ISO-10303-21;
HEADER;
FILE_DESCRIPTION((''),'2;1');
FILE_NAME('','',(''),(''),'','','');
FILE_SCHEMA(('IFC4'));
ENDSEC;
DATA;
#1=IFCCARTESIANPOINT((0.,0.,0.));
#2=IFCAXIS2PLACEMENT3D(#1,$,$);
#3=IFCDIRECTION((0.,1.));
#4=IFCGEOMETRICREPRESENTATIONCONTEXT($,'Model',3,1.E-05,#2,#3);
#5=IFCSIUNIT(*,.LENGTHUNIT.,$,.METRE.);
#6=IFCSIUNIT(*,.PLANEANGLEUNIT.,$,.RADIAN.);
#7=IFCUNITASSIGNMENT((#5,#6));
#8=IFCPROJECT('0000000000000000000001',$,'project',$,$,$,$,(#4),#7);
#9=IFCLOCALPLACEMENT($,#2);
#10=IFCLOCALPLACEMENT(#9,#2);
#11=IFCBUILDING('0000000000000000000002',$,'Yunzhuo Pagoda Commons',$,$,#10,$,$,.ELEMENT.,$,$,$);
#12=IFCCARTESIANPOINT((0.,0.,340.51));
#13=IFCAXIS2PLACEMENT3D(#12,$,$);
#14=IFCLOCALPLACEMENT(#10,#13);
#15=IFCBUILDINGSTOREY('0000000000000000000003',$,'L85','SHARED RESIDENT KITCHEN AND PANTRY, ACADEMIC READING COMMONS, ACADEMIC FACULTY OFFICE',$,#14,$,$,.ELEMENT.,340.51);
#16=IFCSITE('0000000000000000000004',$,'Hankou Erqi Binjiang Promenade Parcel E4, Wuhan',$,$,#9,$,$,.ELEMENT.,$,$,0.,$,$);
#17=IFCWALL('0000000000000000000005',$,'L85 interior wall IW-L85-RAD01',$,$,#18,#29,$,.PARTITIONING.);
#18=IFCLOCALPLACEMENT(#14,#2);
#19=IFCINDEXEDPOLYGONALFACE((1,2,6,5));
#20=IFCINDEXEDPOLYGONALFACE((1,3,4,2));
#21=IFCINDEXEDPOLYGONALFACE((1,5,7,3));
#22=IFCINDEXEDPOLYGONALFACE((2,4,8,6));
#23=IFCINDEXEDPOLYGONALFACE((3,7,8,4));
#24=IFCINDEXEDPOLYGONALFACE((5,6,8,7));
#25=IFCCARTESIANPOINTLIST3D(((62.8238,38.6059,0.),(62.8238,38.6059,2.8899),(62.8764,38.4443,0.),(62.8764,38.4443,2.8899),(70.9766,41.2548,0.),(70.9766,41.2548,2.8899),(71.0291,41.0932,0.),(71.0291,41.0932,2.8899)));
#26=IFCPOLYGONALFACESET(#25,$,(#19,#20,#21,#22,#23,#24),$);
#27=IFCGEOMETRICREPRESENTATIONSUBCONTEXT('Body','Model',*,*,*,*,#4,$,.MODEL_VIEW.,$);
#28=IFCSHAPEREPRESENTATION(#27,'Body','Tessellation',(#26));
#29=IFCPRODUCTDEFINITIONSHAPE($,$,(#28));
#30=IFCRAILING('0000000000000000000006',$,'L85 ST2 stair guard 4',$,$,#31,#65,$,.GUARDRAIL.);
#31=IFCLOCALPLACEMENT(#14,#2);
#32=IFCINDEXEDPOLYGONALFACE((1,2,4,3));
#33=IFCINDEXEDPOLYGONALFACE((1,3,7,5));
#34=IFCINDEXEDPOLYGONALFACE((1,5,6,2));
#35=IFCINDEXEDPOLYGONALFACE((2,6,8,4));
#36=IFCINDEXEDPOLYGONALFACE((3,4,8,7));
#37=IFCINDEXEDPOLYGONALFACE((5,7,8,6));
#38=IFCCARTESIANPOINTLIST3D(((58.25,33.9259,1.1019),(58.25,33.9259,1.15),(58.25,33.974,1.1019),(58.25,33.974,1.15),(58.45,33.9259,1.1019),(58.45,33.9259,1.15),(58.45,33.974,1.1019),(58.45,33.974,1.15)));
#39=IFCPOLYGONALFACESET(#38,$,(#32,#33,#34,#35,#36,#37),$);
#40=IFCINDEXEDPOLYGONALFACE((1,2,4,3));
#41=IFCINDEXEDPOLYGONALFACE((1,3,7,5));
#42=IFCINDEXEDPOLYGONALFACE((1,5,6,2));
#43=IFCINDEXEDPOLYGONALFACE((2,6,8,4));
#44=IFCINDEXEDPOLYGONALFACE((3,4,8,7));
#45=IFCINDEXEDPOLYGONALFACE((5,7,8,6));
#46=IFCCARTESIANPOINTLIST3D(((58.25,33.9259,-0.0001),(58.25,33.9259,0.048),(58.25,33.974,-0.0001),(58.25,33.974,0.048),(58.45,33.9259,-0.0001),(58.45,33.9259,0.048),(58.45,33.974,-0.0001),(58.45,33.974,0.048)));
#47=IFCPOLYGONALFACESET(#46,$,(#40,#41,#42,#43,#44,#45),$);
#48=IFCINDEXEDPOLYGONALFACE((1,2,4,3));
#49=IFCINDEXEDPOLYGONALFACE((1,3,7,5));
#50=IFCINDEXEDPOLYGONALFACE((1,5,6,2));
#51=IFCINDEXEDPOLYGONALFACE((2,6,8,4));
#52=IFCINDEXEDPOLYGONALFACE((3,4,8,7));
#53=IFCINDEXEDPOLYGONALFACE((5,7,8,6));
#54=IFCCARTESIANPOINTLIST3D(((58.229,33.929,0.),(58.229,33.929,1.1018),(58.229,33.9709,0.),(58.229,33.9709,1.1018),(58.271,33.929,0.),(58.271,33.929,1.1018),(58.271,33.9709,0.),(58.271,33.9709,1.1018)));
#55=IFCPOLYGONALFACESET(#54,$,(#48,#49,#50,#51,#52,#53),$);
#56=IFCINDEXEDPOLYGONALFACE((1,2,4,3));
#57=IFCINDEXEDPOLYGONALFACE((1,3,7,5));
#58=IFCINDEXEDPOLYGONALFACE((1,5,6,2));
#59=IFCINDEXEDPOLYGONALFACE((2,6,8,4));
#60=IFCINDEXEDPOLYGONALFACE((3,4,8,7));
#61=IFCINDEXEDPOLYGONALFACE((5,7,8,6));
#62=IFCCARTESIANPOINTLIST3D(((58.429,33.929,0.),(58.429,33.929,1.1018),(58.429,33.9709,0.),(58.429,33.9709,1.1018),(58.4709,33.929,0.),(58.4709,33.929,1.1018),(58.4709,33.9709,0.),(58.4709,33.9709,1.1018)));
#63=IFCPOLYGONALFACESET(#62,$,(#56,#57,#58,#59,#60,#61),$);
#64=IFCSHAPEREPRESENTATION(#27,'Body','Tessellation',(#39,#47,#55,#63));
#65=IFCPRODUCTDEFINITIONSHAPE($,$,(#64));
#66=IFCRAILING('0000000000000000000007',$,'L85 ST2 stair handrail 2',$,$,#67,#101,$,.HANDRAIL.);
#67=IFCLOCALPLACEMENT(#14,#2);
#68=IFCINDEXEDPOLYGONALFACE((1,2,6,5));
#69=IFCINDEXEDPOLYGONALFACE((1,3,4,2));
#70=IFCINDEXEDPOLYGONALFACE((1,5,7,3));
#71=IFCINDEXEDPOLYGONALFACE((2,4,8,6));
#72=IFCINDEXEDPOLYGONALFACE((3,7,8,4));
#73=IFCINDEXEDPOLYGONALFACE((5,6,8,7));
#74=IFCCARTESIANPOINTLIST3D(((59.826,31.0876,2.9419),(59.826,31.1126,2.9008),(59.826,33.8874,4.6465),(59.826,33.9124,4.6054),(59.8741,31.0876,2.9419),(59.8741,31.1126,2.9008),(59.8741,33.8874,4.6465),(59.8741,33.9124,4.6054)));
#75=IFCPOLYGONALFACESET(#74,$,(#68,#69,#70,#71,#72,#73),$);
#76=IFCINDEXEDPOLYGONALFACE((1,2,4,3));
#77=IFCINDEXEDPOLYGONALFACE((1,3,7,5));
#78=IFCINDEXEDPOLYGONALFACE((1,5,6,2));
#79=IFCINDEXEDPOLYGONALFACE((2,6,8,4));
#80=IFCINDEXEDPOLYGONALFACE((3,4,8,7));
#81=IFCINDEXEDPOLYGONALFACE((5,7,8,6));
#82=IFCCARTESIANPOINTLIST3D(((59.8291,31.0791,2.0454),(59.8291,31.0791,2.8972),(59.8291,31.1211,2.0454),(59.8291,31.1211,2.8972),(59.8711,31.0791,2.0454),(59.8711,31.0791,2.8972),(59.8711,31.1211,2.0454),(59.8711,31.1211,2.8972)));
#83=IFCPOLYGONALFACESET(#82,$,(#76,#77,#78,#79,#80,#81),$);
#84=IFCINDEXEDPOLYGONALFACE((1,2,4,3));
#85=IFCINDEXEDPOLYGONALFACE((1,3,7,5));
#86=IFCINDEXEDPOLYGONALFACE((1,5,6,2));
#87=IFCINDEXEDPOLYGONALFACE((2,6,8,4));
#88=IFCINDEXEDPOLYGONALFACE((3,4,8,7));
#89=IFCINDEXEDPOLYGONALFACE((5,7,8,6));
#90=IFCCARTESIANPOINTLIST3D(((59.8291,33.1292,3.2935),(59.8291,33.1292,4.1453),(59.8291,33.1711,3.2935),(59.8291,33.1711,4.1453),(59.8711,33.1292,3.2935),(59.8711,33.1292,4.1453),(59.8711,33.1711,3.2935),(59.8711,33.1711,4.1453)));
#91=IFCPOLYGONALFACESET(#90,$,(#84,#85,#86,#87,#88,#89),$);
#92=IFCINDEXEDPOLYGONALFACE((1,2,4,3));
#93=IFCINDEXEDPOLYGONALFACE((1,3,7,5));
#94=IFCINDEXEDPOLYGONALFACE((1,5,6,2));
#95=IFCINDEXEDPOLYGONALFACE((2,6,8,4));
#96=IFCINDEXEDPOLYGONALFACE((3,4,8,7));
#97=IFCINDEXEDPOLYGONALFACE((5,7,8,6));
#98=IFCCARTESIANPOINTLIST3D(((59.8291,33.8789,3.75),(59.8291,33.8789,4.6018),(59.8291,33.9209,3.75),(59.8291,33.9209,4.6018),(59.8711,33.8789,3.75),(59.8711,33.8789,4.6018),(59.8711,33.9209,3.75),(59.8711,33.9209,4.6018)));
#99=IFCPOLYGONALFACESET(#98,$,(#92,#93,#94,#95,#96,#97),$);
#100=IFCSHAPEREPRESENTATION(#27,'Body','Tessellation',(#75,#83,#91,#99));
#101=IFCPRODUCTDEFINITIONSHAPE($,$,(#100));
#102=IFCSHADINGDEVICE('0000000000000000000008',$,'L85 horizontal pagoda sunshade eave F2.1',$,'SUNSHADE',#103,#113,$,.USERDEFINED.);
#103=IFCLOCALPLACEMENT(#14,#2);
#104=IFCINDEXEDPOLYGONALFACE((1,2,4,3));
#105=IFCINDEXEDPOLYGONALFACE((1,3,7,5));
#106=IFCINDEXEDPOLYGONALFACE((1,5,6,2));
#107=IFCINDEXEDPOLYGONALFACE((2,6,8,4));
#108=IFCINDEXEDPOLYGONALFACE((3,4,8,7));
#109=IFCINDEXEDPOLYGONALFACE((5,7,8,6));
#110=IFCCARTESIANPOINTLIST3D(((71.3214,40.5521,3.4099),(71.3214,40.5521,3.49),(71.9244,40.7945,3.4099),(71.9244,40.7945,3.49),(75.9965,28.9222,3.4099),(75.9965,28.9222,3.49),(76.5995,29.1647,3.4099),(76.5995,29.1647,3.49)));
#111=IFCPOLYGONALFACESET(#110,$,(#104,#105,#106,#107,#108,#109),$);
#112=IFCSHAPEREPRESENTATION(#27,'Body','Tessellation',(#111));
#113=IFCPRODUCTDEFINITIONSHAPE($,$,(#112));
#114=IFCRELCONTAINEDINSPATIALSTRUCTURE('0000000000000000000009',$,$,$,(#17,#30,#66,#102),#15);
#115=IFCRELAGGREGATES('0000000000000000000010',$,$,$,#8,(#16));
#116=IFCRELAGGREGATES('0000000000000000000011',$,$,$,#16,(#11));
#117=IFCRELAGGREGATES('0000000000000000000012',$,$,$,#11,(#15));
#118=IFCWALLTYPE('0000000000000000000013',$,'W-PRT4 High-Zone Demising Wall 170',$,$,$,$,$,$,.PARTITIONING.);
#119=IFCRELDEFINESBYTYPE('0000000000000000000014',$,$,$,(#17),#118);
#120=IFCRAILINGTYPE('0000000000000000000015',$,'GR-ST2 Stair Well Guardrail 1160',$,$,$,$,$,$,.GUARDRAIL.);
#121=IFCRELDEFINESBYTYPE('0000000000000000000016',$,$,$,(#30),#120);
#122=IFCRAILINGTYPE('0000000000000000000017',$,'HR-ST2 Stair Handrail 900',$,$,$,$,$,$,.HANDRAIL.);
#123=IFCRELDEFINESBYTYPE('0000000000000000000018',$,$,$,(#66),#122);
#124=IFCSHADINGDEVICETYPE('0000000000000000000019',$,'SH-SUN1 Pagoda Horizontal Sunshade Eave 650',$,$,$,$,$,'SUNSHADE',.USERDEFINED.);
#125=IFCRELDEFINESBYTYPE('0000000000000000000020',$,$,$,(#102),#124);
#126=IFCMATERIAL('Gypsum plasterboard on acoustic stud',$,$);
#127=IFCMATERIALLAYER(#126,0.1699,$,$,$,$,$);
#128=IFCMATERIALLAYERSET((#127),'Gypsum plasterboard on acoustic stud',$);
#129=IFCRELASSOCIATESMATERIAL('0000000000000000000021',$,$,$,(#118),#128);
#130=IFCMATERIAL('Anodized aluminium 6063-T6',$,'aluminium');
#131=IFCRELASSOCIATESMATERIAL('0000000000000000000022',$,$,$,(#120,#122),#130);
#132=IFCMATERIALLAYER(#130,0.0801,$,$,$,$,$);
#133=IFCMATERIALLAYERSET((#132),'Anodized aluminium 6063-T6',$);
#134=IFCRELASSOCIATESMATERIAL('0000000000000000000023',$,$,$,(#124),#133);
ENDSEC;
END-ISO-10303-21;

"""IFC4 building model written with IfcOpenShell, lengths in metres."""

from ifc_helpers import new_model, si_unit, direction, frame, frame_2d, origin, origin_2d, place, context, subcontext, project, spatial, rectangle, extrude, source, transform, mapped, material, layer, layer_set, type_object, element, save


model = new_model("IFC4")

# Units and contexts
model_context = context("Model", 3, precision=1e-05, world=origin(), true_north=direction((0.0, 1.0)))
body_context = subcontext(model_context, "Body", "Model", "MODEL_VIEW")
ifc_project = project(units=[si_unit("LENGTHUNIT", "METRE"), si_unit("PLANEANGLEUNIT", "RADIAN")], contexts=[model_context])

# Site, building, storey
site_placement = place(None, origin())
site = spatial("IfcSite", under=ifc_project, at=site_placement, Name="Hankou Erqi Binjiang Promenade Parcel E4, Wuhan", CompositionType="ELEMENT", RefElevation=0.0)
building_placement = place(site_placement, origin())
building = spatial("IfcBuilding", under=site, at=building_placement, Name="Yunzhuo Pagoda Commons", CompositionType="ELEMENT")
storey_placement = place(building_placement, frame((0.0, 0.0, 340.51)))
storey = spatial("IfcBuildingStorey", under=building, at=storey_placement, Name="L85", Description="SHARED RESIDENT KITCHEN AND PANTRY, ACADEMIC READING COMMONS, ACADEMIC FACULTY OFFICE", CompositionType="ELEMENT", Elevation=340.51)

# Shared definitions
ifc_material_1 = material(Name="Anodized aluminium 6063-T6", Category="aluminium")

# Shared definitions
ifc_material_2 = material(Name="Gypsum plasterboard on acoustic stud")

# Wall
ifc_layer_1 = layer(ifc_material_2, 0.1699)
ifc_layer_set_1 = layer_set([ifc_layer_1], Name="Gypsum plasterboard on acoustic stud")
wall_type_1 = type_object("IfcWallType", Name="W-PRT4 High-Zone Demising Wall 170", PredefinedType="PARTITIONING", material=ifc_layer_set_1)
wall_1_placement = place(storey_placement, frame((62.8501, 38.5251, 0.0), z_axis=(0.0, 0.0, 1.0), x_axis=(0.95106, 0.309008, 0.0)))
element("IfcWall", 1, at=wall_1_placement, inside=storey, type_object=wall_type_1, Name="L85 interior wall IW-L85-RAD01", PredefinedType="PARTITIONING", context=body_context, shape_type="SweptSolid", body=[
    extrude(rectangle(XDim=8.5723, YDim=0.1699, at=frame_2d((4.2861, 0.0))), origin(), (0.0, 0.0, 1.0), 2.8899),
])

# Railings
railing_type_1 = type_object("IfcRailingType", Name="GR-ST2 Stair Well Guardrail 1160", PredefinedType="GUARDRAIL", material=ifc_material_1)
railing_1_placement = place(storey_placement, frame((58.25, 33.95, 0.0)))
element("IfcRailing", 2, at=railing_1_placement, inside=storey, type_object=railing_type_1, Name="L85 ST2 stair guard 4", PredefinedType="GUARDRAIL", context=body_context, shape_type="SweptSolid", body=[
    extrude(rectangle(XDim=0.0481, YDim=0.0481, at=origin_2d()), frame((0.0, 0.0, 1.126), z_axis=(1.0, 0.0, 0.0), x_axis=(0.0, 1.0, 0.0)), (0.0, 0.0, 1.0), 0.2),
    extrude(rectangle(XDim=0.0481, YDim=0.0481, at=origin_2d()), frame((0.0, 0.0, 0.0239), z_axis=(1.0, 0.0, 0.0), x_axis=(0.0, 1.0, 0.0)), (0.0, 0.0, 1.0), 0.2),
    extrude(rectangle(XDim=0.042, YDim=0.042, at=origin_2d()), origin(), (0.0, 0.0, 1.0), 1.1018),
    extrude(rectangle(XDim=0.042, YDim=0.042, at=origin_2d()), frame((0.2, 0.0, 0.0)), (0.0, 0.0, 1.0), 1.1018),
])
railing_type_2 = type_object("IfcRailingType", Name="HR-ST2 Stair Handrail 900", PredefinedType="HANDRAIL", material=ifc_material_1)
railing_2_placement = place(storey_placement, frame((59.8501, 31.1001, 2.0454)))
element("IfcRailing", 3, at=railing_2_placement, inside=storey, type_object=railing_type_2, Name="L85 ST2 stair handrail 2", PredefinedType="HANDRAIL", context=body_context, shape_type="SweptSolid", body=[
    extrude(rectangle(XDim=0.0481, YDim=0.0481, at=origin_2d()), frame((0.0, 0.0, 0.876), z_axis=(0.0, 0.85415, 0.520027), x_axis=(-1.0, 0.0, 0.0)), (0.0, 0.0, 1.0), 3.2778),
    extrude(rectangle(XDim=0.042, YDim=0.042, at=origin_2d()), origin(), (0.0, 0.0, 1.0), 0.8518),
    extrude(rectangle(XDim=0.042, YDim=0.042, at=origin_2d()), frame((0.0, 2.05, 1.248)), (0.0, 0.0, 1.0), 0.8518),
    extrude(rectangle(XDim=0.042, YDim=0.042, at=origin_2d()), frame((0.0, 2.7998, 1.7046)), (0.0, 0.0, 1.0), 0.8518),
])

# Shading device
ifc_layer_2 = layer(ifc_material_1, 0.0801)
ifc_layer_set_2 = layer_set([ifc_layer_2], Name="Anodized aluminium 6063-T6")
shading_device_type = type_object("IfcShadingDeviceType", Name="SH-SUN1 Pagoda Horizontal Sunshade Eave 650", ElementType="SUNSHADE", PredefinedType="USERDEFINED", material=ifc_layer_set_2)
shared_shape_1 = source(origin(), body_context, "Body", "SweptSolid", [
    extrude(rectangle(XDim=12.5344, YDim=0.6499, at=origin_2d()), origin(), (0.0, 0.0, 1.0), 0.0801),
])
shading_device_placement = place(storey_placement, frame((73.9604, 34.8584, 3.4099), z_axis=(0.0, 0.0, 1.0), x_axis=(-0.372988, 0.927836, 0.0)))
element("IfcShadingDevice", 4, at=shading_device_placement, inside=storey, type_object=shading_device_type, Name="L85 horizontal pagoda sunshade eave F2.1", ObjectType="SUNSHADE", PredefinedType="USERDEFINED", context=body_context, shape_type="MappedRepresentation", body=[
    mapped(shared_shape_1, transform((0.0, 0.0, 0.0), scale=1.0)),
])

save(model, "model.ifc")
